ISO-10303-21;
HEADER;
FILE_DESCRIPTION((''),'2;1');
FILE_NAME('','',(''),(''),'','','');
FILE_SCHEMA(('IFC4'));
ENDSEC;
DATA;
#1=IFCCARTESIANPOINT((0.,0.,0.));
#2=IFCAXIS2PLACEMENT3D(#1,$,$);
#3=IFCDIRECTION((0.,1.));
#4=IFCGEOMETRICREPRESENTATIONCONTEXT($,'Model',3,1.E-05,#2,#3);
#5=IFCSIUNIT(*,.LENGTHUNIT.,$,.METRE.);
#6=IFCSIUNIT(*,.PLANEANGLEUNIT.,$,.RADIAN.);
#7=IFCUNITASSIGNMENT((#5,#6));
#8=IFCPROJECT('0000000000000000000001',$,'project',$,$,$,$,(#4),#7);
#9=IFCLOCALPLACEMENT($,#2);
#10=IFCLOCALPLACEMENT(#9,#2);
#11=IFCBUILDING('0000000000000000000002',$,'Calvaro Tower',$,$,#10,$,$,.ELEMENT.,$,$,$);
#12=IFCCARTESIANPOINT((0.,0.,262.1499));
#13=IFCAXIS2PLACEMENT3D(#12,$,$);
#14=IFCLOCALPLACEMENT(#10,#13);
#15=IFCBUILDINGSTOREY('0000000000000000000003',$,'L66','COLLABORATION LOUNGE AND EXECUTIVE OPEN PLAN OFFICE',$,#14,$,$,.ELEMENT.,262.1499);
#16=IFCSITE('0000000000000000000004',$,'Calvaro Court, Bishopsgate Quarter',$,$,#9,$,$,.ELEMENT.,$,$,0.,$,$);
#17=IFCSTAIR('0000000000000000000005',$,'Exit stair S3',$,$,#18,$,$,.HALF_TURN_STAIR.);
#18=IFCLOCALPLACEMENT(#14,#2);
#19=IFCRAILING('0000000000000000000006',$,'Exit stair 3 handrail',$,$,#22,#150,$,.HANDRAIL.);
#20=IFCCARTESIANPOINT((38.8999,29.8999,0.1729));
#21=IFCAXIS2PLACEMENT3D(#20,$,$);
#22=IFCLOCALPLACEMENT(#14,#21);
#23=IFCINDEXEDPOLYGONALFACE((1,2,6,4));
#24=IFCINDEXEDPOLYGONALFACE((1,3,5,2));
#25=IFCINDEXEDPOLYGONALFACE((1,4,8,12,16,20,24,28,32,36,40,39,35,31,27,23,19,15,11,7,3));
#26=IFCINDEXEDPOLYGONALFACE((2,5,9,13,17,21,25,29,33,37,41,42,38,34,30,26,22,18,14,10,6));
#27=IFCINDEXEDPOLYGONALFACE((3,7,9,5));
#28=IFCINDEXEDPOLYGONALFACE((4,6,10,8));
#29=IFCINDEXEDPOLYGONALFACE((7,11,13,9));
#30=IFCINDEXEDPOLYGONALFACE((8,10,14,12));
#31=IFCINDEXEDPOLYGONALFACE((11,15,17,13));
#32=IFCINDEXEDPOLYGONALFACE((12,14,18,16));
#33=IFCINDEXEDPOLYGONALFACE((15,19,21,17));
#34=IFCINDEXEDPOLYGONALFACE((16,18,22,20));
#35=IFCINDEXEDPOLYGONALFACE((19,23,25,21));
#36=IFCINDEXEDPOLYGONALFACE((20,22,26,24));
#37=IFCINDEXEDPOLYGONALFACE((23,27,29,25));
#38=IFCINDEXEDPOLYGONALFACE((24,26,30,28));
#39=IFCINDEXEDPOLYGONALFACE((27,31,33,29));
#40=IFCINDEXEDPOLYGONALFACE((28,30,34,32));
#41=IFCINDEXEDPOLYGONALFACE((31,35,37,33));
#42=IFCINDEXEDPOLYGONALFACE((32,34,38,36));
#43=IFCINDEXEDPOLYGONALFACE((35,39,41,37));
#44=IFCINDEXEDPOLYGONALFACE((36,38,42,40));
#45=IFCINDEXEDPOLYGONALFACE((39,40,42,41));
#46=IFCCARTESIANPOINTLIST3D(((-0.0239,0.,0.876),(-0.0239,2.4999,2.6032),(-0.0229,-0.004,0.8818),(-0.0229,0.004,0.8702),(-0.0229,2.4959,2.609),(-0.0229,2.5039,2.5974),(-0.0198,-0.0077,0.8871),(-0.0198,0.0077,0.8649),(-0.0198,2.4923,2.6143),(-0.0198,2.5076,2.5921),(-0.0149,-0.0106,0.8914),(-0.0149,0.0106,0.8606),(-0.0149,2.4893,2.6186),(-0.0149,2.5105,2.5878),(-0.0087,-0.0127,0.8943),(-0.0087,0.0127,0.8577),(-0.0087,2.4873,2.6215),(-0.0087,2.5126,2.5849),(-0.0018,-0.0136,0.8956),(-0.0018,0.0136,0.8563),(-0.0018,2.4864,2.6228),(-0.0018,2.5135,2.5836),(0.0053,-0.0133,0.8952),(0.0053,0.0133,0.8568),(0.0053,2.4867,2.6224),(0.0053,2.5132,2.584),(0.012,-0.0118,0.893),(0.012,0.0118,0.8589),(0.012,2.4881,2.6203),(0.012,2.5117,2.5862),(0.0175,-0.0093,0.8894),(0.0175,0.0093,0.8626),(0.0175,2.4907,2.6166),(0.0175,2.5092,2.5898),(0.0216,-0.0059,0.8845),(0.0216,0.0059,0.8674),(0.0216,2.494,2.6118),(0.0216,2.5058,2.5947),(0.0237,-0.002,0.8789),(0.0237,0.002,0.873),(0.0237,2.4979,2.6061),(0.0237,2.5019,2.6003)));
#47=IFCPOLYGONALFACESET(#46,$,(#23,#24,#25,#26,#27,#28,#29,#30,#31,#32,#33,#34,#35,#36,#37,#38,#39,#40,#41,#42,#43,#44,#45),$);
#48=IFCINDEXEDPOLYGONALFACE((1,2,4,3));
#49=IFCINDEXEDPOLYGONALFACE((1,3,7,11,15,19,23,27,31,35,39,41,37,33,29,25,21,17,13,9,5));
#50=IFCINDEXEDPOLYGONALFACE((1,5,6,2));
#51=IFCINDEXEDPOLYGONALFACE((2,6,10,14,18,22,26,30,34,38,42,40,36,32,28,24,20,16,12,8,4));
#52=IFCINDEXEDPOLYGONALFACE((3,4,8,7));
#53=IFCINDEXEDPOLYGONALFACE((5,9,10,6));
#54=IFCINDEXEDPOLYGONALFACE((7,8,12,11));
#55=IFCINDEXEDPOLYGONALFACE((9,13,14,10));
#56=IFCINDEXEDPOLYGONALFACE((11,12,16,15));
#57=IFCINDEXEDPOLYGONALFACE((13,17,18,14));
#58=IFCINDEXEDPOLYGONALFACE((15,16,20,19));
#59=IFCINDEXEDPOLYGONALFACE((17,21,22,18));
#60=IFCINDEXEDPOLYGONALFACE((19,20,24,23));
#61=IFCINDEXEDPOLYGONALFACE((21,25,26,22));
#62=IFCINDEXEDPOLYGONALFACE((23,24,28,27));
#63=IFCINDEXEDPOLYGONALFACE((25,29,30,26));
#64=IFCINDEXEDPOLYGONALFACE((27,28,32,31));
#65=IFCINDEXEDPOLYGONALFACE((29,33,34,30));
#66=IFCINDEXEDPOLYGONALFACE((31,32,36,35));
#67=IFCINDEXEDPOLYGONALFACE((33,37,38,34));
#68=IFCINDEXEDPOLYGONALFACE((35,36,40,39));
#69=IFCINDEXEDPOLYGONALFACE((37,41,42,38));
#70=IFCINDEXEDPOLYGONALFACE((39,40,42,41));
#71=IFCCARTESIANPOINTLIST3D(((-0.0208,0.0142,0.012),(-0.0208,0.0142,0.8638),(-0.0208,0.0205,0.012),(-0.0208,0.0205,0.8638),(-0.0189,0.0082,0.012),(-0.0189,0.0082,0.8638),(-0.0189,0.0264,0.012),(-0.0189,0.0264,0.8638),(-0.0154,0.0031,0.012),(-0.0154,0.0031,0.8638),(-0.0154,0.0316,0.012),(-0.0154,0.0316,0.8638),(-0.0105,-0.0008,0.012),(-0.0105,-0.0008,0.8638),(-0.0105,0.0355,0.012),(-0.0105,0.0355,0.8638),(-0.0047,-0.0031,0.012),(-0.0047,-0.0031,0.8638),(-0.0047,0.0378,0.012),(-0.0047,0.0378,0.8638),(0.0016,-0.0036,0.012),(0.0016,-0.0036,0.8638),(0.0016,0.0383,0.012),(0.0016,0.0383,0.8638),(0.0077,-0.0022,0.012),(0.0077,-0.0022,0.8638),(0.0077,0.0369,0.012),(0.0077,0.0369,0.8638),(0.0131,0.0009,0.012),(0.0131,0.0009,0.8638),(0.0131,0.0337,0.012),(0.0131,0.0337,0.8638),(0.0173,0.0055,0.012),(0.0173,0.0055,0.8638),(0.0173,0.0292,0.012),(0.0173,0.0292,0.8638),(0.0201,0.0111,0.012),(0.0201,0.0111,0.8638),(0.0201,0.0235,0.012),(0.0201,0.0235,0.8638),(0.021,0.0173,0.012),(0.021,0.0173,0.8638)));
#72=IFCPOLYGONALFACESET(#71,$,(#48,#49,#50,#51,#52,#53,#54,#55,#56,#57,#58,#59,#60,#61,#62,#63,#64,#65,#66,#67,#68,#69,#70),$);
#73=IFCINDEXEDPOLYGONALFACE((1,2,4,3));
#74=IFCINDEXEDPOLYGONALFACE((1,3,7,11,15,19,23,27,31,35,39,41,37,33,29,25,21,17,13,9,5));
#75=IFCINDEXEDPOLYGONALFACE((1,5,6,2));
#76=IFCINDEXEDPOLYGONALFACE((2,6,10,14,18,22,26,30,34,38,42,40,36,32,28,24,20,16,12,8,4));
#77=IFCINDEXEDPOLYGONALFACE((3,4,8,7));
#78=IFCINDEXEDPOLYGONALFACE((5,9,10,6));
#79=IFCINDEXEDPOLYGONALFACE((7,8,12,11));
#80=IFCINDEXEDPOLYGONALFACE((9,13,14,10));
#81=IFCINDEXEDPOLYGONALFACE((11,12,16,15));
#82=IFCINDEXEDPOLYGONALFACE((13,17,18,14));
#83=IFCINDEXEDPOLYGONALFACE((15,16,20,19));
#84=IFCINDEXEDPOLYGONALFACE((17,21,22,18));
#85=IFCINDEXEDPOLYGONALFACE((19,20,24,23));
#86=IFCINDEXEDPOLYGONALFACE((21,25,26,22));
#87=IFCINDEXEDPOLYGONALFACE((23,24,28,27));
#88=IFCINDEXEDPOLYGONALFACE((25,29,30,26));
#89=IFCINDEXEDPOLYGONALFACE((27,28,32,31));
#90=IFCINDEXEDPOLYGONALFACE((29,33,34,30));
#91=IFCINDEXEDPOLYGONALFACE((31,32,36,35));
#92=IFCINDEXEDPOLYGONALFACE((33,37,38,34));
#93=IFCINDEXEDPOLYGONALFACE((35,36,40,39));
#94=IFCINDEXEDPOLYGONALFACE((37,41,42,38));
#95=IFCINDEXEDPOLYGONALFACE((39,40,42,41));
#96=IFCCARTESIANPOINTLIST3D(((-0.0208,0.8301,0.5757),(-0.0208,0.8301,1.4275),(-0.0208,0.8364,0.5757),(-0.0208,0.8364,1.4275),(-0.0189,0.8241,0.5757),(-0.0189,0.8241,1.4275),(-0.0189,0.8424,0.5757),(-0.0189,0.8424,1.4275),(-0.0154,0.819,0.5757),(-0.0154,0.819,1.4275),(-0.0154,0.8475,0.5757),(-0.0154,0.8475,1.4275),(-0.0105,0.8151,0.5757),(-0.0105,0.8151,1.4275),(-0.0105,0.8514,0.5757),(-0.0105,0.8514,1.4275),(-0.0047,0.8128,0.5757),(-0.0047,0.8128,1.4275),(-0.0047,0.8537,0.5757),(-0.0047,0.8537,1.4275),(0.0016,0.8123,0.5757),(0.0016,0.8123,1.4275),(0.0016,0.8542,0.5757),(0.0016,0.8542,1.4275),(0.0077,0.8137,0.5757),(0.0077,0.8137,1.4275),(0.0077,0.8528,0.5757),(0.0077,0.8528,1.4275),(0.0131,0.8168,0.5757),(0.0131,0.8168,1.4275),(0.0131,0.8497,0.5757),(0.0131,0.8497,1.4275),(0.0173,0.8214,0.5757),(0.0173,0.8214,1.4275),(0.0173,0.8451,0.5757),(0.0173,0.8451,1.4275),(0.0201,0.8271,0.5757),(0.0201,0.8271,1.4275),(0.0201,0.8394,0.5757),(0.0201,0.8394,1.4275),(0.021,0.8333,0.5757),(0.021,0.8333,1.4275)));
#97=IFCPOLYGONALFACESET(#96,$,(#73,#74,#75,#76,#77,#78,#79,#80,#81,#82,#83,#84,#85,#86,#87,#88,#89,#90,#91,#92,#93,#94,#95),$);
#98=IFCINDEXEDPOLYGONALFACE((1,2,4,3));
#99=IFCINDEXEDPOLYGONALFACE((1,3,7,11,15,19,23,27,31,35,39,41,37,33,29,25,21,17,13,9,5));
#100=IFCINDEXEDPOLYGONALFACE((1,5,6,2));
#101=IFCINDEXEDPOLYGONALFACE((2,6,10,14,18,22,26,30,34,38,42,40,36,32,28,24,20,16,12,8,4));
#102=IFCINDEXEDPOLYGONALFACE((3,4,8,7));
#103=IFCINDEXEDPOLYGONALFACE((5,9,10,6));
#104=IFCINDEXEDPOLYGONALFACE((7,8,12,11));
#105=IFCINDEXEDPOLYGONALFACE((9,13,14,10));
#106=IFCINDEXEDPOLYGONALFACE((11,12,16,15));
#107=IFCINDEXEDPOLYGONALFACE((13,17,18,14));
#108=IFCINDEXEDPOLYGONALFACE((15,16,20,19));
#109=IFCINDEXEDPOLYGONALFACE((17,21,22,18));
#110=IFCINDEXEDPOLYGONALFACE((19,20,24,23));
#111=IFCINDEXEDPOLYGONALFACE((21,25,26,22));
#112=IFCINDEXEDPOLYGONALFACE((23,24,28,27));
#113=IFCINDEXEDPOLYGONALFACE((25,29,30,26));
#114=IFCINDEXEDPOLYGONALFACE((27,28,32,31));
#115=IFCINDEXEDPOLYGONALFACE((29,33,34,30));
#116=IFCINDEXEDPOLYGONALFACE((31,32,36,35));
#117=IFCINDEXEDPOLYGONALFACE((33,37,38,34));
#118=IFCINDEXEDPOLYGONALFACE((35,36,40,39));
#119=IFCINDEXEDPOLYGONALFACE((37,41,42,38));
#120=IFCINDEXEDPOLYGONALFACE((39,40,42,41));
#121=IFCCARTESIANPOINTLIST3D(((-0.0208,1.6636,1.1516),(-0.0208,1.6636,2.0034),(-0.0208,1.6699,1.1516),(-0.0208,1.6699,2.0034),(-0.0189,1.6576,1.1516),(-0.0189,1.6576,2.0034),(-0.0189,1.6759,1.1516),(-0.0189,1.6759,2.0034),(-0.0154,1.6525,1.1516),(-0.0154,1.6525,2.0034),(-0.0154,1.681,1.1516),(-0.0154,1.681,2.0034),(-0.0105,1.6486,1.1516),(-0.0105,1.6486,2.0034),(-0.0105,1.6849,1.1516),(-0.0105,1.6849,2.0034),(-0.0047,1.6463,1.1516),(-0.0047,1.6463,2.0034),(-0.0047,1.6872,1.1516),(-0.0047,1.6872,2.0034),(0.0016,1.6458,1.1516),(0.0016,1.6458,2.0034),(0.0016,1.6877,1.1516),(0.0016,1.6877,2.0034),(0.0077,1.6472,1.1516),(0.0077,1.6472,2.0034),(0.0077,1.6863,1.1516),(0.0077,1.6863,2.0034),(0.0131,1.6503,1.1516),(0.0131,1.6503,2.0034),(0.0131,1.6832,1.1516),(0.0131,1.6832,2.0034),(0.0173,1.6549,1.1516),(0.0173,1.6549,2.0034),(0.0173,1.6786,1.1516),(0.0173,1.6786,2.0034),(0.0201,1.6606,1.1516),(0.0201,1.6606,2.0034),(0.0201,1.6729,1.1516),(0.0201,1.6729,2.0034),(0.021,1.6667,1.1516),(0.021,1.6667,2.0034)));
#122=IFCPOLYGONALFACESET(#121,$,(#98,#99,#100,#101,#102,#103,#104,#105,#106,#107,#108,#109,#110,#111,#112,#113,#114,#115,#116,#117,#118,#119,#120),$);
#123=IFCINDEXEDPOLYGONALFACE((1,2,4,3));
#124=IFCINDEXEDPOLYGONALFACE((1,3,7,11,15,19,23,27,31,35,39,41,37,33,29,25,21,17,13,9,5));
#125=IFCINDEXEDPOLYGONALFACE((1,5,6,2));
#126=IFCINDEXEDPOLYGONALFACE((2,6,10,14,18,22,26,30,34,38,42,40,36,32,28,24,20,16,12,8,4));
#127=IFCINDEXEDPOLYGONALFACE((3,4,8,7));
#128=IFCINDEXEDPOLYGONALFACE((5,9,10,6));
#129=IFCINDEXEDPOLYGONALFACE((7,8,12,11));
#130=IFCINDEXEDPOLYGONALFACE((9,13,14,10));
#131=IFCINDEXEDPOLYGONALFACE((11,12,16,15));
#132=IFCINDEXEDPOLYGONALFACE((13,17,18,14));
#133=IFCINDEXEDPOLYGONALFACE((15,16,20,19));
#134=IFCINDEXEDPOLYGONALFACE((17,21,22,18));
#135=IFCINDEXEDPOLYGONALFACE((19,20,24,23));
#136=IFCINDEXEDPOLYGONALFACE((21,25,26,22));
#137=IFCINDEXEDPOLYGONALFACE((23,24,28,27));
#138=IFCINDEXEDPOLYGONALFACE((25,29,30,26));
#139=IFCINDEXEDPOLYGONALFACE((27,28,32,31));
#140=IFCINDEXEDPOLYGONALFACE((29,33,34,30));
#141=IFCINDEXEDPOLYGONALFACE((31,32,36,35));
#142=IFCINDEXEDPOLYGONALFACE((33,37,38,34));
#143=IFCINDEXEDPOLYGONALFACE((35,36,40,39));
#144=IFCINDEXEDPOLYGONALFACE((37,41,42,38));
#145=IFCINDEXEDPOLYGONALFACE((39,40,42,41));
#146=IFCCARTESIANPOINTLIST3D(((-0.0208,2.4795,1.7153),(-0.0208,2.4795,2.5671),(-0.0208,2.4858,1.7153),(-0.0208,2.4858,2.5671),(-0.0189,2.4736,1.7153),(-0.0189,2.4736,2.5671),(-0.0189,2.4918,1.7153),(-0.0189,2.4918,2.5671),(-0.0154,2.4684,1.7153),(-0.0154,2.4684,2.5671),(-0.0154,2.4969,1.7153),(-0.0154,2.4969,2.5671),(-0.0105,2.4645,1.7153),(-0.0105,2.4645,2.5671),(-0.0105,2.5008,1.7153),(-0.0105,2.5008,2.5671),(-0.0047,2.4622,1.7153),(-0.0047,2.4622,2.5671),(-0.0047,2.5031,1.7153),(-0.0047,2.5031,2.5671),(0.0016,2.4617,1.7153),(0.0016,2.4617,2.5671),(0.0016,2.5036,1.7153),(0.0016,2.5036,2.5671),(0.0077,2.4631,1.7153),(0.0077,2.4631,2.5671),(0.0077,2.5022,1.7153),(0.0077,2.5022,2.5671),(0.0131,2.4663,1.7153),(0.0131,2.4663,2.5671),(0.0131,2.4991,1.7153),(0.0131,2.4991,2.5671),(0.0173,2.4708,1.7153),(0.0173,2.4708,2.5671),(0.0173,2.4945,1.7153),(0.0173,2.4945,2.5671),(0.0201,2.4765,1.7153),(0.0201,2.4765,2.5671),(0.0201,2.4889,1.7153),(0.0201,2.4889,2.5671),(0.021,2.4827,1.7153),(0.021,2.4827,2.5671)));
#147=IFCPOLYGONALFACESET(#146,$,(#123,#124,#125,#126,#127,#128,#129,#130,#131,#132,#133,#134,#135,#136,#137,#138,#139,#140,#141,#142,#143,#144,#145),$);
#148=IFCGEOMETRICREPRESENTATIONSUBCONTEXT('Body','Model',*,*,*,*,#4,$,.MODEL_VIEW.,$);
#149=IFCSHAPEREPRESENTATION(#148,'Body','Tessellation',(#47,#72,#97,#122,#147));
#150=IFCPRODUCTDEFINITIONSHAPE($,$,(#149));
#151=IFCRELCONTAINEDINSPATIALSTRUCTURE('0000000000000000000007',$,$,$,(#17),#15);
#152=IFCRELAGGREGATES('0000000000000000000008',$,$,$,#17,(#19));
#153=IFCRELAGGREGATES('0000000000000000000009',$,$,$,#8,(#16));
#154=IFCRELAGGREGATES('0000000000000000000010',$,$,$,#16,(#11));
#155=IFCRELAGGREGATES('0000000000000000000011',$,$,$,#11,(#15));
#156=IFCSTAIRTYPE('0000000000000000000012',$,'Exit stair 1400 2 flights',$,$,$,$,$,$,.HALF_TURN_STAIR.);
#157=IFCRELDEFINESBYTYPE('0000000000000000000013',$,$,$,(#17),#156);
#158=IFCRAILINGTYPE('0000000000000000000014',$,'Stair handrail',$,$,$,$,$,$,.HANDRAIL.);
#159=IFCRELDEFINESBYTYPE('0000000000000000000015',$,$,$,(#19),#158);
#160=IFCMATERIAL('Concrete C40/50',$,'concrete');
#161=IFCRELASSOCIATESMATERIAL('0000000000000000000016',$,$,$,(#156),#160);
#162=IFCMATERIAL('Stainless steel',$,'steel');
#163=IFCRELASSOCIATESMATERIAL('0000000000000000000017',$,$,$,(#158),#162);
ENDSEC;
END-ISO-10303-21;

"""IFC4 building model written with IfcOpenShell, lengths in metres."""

from ifc_helpers import new_model, si_unit, direction, frame, origin, origin_2d, place, context, subcontext, project, spatial, circle, extrude, material, type_object, element, aggregate, save


model = new_model("IFC4")

# Units and contexts
model_context = context("Model", 3, precision=1e-05, world=origin(), true_north=direction((0.0, 1.0)))
body_context = subcontext(model_context, "Body", "Model", "MODEL_VIEW")
ifc_project = project(units=[si_unit("LENGTHUNIT", "METRE"), si_unit("PLANEANGLEUNIT", "RADIAN")], contexts=[model_context])

# Site, building, storey
site_placement = place(None, origin())
site = spatial("IfcSite", under=ifc_project, at=site_placement, Name="Calvaro Court, Bishopsgate Quarter", CompositionType="ELEMENT", RefElevation=0.0)
building_placement = place(site_placement, origin())
building = spatial("IfcBuilding", under=site, at=building_placement, Name="Calvaro Tower", CompositionType="ELEMENT")
storey_placement = place(building_placement, frame((0.0, 0.0, 262.1499)))
storey = spatial("IfcBuildingStorey", under=building, at=storey_placement, Name="L66", Description="COLLABORATION LOUNGE AND EXECUTIVE OPEN PLAN OFFICE", CompositionType="ELEMENT", Elevation=262.1499)

# Stair
ifc_material_1 = material(Name="Concrete C40/50", Category="concrete")
stair_type = type_object("IfcStairType", Name="Exit stair 1400 2 flights", PredefinedType="HALF_TURN_STAIR", material=ifc_material_1)
stair_1_placement = place(storey_placement, origin())
stair_1 = element("IfcStair", 1, at=stair_1_placement, inside=storey, type_object=stair_type, Name="Exit stair S3", PredefinedType="HALF_TURN_STAIR")

# Railing
ifc_material_2 = material(Name="Stainless steel", Category="steel")
railing_type = type_object("IfcRailingType", Name="Stair handrail", PredefinedType="HANDRAIL", material=ifc_material_2)
railing_1_placement = place(storey_placement, frame((38.8999, 29.8999, 0.1729)))
railing_1 = element("IfcRailing", 2, at=railing_1_placement, type_object=railing_type, Name="Exit stair 3 handrail", PredefinedType="HANDRAIL", context=body_context, shape_type="SweptSolid", body=[
    extrude(circle(Radius=0.0239, at=origin_2d()), frame((0.0, 0.0, 0.876), z_axis=(0.0, 0.822727, 0.568437), x_axis=(-1.0, 0.0, 0.0)), (0.0, 0.0, 1.0), 3.0386),
    extrude(circle(Radius=0.021, at=origin_2d()), frame((0.0, 0.0173, 0.012)), (0.0, 0.0, 1.0), 0.8518),
    extrude(circle(Radius=0.021, at=origin_2d()), frame((0.0, 0.8333, 0.5757)), (0.0, 0.0, 1.0), 0.8518),
    extrude(circle(Radius=0.021, at=origin_2d()), frame((0.0, 1.6667, 1.1516)), (0.0, 0.0, 1.0), 0.8518),
    extrude(circle(Radius=0.021, at=origin_2d()), frame((0.0, 2.4827, 1.7153)), (0.0, 0.0, 1.0), 0.8518),
])
aggregate(stair_1, [railing_1])

save(model, "model.ifc")
